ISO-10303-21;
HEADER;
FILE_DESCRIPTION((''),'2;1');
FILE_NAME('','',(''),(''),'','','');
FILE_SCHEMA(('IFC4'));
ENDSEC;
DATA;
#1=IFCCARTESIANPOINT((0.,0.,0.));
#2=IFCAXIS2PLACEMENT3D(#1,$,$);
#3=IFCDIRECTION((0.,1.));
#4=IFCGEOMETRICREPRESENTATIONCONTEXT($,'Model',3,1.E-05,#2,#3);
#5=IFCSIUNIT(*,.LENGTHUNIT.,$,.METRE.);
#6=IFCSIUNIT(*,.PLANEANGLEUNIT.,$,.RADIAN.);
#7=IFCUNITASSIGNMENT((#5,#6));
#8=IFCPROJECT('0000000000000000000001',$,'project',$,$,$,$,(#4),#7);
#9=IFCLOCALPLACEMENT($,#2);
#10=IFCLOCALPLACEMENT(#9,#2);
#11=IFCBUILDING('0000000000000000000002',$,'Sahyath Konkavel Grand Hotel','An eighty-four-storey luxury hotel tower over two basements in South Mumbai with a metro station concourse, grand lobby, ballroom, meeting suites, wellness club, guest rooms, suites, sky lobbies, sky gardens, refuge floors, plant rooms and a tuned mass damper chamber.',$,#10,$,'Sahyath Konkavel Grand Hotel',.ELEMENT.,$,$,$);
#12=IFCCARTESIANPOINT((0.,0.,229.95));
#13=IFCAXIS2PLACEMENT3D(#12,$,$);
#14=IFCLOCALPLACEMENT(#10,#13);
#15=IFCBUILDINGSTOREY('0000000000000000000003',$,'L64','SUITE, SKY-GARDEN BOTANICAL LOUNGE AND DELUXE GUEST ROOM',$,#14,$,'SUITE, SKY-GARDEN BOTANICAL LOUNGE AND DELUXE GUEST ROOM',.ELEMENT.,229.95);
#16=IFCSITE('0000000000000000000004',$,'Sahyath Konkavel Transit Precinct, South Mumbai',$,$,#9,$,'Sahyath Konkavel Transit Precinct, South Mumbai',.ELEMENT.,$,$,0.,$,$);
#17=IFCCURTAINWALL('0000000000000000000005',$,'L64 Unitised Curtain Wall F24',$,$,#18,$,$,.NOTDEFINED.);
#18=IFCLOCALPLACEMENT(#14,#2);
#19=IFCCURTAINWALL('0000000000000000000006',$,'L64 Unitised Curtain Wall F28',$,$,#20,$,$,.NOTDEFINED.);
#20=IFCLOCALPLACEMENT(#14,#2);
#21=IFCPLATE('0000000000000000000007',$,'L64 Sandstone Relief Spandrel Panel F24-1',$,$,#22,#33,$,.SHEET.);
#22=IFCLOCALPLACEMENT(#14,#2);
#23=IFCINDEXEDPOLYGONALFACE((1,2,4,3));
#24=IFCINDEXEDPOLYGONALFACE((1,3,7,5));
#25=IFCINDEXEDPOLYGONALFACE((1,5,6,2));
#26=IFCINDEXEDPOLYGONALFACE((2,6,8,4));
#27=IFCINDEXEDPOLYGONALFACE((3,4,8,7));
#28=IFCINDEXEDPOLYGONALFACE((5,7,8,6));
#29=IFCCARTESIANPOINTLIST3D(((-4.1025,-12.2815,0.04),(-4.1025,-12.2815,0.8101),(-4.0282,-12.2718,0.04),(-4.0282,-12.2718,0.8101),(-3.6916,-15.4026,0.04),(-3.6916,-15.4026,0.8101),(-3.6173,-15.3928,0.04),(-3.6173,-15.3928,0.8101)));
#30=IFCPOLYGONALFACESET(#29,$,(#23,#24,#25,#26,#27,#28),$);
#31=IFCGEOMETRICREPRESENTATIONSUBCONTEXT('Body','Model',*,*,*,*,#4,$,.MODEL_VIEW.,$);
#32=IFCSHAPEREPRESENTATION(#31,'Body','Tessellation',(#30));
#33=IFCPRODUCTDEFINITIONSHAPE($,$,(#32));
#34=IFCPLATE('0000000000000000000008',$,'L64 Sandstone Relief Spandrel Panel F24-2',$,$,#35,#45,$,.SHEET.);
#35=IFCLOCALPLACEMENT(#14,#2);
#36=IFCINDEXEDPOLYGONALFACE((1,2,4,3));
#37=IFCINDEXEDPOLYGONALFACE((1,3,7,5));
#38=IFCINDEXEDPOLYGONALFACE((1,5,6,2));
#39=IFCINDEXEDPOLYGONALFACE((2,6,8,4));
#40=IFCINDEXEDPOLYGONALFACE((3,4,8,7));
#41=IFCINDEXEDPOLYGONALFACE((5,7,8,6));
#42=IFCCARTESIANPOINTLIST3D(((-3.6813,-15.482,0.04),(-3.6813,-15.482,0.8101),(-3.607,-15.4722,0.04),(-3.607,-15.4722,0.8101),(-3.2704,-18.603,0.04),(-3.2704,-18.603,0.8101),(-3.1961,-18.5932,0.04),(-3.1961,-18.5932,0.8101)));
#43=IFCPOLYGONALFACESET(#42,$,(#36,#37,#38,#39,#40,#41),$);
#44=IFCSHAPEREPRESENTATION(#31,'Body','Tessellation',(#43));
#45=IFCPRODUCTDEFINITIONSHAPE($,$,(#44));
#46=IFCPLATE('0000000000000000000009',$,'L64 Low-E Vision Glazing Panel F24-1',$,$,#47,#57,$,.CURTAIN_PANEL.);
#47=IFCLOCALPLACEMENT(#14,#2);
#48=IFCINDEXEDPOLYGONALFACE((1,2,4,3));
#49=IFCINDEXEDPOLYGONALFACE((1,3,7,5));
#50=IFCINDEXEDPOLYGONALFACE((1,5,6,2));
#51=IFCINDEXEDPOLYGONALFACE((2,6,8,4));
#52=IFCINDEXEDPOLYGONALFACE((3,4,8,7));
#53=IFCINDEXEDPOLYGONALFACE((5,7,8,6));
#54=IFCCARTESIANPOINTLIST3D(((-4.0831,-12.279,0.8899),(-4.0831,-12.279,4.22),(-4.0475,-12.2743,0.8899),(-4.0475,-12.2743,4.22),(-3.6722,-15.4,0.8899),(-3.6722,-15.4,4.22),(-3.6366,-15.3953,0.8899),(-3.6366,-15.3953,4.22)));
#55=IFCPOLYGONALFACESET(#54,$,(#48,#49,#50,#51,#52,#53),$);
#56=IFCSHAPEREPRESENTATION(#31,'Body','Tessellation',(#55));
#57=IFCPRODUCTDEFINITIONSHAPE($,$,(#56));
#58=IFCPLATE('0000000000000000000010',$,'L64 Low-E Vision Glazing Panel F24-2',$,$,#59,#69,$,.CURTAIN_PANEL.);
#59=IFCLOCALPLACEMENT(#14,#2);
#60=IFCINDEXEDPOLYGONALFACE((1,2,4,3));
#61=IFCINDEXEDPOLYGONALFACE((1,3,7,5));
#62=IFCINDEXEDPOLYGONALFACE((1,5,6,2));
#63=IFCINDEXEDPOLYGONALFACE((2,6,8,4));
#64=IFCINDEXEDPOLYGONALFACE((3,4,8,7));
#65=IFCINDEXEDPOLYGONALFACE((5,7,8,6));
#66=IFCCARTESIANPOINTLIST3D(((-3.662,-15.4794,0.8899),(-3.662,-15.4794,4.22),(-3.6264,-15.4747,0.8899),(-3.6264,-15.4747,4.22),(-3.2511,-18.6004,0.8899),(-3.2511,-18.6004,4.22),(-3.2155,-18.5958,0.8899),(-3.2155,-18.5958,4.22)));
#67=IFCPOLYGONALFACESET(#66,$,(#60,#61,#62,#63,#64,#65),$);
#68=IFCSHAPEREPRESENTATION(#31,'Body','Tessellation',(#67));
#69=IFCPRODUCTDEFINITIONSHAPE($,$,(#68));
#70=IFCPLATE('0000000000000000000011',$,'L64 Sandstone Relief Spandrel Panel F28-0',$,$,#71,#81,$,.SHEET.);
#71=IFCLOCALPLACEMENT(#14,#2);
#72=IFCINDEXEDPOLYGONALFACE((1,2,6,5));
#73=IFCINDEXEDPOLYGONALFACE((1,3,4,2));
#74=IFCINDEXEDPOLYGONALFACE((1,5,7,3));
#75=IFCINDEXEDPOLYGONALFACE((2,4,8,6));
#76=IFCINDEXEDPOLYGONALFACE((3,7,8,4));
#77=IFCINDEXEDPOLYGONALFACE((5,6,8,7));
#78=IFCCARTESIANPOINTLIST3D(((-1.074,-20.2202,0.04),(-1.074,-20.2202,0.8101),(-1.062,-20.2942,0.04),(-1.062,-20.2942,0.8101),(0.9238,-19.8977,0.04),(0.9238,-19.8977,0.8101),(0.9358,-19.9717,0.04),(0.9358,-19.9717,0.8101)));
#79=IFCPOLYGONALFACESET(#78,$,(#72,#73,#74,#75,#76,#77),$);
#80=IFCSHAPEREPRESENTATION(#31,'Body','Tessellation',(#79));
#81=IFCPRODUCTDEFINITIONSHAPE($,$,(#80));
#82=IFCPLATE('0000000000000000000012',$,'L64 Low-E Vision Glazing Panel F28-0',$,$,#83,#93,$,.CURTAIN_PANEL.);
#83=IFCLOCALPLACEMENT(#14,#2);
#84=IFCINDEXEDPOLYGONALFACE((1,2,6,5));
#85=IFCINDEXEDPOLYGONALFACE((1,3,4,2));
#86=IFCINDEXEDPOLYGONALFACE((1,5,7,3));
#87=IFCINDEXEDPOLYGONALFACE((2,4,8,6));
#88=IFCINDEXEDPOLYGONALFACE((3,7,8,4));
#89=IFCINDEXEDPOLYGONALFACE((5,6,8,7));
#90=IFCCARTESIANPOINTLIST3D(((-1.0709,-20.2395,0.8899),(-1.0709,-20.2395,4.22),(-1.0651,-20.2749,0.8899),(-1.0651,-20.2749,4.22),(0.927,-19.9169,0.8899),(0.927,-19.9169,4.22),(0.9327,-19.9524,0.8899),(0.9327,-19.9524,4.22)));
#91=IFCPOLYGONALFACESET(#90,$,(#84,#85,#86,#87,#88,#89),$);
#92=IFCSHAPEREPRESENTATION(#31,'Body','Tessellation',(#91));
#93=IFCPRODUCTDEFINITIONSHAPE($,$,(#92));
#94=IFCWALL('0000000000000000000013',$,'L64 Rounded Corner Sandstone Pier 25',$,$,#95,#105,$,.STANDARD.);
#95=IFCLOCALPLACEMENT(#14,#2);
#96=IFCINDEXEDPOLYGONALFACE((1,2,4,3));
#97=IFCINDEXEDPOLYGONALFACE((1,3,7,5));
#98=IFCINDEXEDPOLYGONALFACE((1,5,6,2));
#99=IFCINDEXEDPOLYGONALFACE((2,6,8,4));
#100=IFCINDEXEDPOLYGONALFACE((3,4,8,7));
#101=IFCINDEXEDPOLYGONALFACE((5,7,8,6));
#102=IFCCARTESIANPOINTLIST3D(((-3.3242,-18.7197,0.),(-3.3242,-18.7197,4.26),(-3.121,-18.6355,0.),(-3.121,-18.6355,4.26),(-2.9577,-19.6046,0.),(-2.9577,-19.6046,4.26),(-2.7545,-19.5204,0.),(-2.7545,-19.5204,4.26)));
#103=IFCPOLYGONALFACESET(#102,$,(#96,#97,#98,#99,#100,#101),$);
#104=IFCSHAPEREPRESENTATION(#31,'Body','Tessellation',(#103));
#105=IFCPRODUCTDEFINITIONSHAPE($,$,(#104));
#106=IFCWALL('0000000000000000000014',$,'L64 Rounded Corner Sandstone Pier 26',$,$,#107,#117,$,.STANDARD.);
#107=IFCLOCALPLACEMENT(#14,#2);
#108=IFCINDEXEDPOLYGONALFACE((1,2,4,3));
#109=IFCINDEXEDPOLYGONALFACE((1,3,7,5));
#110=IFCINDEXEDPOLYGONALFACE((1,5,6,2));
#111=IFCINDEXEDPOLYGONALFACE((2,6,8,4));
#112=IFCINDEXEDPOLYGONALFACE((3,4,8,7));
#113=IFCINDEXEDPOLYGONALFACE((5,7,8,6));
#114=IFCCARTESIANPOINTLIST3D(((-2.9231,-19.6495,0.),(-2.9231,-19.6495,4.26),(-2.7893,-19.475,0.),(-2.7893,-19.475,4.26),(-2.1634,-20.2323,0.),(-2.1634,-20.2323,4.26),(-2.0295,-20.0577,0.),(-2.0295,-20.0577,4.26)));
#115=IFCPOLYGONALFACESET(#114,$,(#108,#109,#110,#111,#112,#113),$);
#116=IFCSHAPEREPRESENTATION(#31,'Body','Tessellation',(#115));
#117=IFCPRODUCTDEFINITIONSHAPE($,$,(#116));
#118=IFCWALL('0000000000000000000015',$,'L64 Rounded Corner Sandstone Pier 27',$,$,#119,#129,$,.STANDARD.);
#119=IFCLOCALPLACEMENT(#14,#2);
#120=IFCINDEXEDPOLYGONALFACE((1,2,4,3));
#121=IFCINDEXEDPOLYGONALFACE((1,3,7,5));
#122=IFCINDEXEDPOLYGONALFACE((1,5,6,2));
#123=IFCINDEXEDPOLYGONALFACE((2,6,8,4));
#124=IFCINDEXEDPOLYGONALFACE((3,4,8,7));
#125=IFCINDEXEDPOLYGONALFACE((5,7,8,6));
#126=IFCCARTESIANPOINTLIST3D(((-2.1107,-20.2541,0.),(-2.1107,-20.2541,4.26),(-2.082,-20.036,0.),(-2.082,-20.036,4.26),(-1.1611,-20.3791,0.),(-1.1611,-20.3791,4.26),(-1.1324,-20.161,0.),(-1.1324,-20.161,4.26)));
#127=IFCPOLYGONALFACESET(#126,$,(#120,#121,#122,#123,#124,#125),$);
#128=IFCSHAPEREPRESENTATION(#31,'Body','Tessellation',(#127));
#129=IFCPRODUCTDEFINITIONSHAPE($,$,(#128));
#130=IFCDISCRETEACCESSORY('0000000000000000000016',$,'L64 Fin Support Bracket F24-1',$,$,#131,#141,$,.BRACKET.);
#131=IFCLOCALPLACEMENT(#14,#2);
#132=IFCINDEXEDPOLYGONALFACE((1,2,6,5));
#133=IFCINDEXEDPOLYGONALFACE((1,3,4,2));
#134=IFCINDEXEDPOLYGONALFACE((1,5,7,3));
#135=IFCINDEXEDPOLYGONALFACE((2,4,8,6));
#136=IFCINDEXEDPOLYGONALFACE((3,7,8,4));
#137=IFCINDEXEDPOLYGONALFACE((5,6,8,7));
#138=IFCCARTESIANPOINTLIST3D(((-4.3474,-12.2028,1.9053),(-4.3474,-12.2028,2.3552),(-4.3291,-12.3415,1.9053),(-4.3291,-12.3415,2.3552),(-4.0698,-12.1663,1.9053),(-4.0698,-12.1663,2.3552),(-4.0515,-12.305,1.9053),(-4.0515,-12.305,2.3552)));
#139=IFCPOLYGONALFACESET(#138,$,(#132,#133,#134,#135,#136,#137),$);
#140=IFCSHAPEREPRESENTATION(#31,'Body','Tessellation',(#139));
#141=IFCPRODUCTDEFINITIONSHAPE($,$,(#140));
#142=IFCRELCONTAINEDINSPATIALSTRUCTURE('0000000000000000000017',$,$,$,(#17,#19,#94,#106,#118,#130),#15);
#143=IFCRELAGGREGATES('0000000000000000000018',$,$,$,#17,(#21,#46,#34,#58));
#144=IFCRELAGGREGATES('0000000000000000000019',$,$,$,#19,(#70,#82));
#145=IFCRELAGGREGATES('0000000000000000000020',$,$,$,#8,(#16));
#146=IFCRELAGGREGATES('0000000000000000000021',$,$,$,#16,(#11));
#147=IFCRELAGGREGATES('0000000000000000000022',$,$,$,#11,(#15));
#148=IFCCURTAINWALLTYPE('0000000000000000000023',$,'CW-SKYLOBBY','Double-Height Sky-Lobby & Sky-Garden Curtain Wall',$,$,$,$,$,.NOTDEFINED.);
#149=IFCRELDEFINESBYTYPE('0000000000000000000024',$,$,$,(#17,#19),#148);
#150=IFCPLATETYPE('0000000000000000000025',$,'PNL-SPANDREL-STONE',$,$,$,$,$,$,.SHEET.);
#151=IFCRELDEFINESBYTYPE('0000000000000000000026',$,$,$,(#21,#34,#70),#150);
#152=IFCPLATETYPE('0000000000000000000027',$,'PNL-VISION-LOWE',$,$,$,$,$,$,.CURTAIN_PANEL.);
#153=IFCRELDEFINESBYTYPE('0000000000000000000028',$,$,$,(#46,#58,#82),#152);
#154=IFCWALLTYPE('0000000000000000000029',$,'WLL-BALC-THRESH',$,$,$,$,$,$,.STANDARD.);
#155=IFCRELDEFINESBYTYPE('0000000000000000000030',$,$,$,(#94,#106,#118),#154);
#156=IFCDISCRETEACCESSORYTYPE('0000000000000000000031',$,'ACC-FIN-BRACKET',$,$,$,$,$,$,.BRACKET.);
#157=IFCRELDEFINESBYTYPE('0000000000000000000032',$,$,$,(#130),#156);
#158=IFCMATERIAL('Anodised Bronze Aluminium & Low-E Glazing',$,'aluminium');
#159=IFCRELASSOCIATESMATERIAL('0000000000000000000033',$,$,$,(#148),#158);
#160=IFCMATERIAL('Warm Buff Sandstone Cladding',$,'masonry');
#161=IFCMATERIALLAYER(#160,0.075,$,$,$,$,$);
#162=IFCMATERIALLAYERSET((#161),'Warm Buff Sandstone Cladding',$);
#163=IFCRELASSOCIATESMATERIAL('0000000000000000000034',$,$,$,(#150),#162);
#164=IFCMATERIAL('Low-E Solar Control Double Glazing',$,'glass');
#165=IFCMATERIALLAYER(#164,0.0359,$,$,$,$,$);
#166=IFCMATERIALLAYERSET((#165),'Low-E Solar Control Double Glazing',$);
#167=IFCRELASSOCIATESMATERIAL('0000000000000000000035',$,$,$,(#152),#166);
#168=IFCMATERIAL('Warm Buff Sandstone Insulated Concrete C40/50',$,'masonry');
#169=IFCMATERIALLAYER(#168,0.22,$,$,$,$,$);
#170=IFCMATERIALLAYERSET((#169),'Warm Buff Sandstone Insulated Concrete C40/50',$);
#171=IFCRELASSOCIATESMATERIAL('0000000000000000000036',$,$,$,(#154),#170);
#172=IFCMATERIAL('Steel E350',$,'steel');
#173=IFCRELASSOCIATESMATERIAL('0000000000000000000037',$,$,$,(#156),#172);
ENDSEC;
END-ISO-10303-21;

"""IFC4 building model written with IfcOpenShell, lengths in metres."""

from ifc_helpers import new_model, si_unit, direction, frame, frame_2d, origin, origin_2d, place, context, subcontext, project, spatial, rectangle, extrude, source, transform, mapped, material, layer, layer_set, type_object, element, aggregate, save


model = new_model("IFC4")

# Units and contexts
model_context = context("Model", 3, precision=1e-05, world=origin(), true_north=direction((0.0, 1.0)))
body_context = subcontext(model_context, "Body", "Model", "MODEL_VIEW")
ifc_project = project(units=[si_unit("LENGTHUNIT", "METRE"), si_unit("PLANEANGLEUNIT", "RADIAN")], contexts=[model_context])

# Site, building, storey
site_placement = place(None, origin())
site = spatial("IfcSite", under=ifc_project, at=site_placement, Name="Sahyath Konkavel Transit Precinct, South Mumbai", LongName="Sahyath Konkavel Transit Precinct, South Mumbai", CompositionType="ELEMENT", RefElevation=0.0)
building_placement = place(site_placement, origin())
building = spatial("IfcBuilding", under=site, at=building_placement, Name="Sahyath Konkavel Grand Hotel", Description="An eighty-four-storey luxury hotel tower over two basements in South Mumbai with a metro station concourse, grand lobby, ballroom, meeting suites, wellness club, guest rooms, suites, sky lobbies, sky gardens, refuge floors, plant rooms and a tuned mass damper chamber.", LongName="Sahyath Konkavel Grand Hotel", CompositionType="ELEMENT")
storey_placement = place(building_placement, frame((0.0, 0.0, 229.95)))
storey = spatial("IfcBuildingStorey", under=building, at=storey_placement, Name="L64", Description="SUITE, SKY-GARDEN BOTANICAL LOUNGE AND DELUXE GUEST ROOM", LongName="SUITE, SKY-GARDEN BOTANICAL LOUNGE AND DELUXE GUEST ROOM", CompositionType="ELEMENT", Elevation=229.95)

# Shared definitions
ifc_material_1 = material(Name="Steel E350", Category="steel")

# Curtain wall
ifc_material_2 = material(Name="Anodised Bronze Aluminium & Low-E Glazing", Category="aluminium")
curtain_wall_type = type_object("IfcCurtainWallType", Name="CW-SKYLOBBY", Description="Double-Height Sky-Lobby & Sky-Garden Curtain Wall", PredefinedType="NOTDEFINED", material=ifc_material_2)
curtain_wall_1_placement = place(storey_placement, origin())
curtain_wall_1 = element("IfcCurtainWall", 1, at=curtain_wall_1_placement, inside=storey, type_object=curtain_wall_type, Name="L64 Unitised Curtain Wall F24", PredefinedType="NOTDEFINED")

# Curtain wall
curtain_wall_2_placement = place(storey_placement, origin())
curtain_wall_2 = element("IfcCurtainWall", 2, at=curtain_wall_2_placement, inside=storey, type_object=curtain_wall_type, Name="L64 Unitised Curtain Wall F28", PredefinedType="NOTDEFINED")

# Plates
ifc_material_3 = material(Name="Warm Buff Sandstone Cladding", Category="masonry")
ifc_layer_1 = layer(ifc_material_3, 0.075)
ifc_layer_set_1 = layer_set([ifc_layer_1], Name="Warm Buff Sandstone Cladding")
plate_type_1 = type_object("IfcPlateType", Name="PNL-SPANDREL-STONE", PredefinedType="SHEET", material=ifc_layer_set_1)
shared_shape_1 = source(origin(), body_context, "Body", "SweptSolid", [
    extrude(rectangle(XDim=3.1479, YDim=0.075, at=origin_2d()), origin(), (0.0, 0.0, 1.0), 0.77),
])
plate_1_placement = place(storey_placement, frame((-3.8599, -13.8372, 0.04), z_axis=(0.0, 0.0, 1.0), x_axis=(0.130526, -0.991445, 0.0)))
plate_1 = element("IfcPlate", 3, at=plate_1_placement, type_object=plate_type_1, Name="L64 Sandstone Relief Spandrel Panel F24-1", PredefinedType="SHEET", context=body_context, shape_type="MappedRepresentation", body=[
    mapped(shared_shape_1, transform((0.0, 0.0, 0.0), scale=1.0)),
])
plate_2_placement = place(storey_placement, frame((-3.4387, -17.0376, 0.04), z_axis=(0.0, 0.0, 1.0), x_axis=(0.130526, -0.991445, 0.0)))
plate_2 = element("IfcPlate", 4, at=plate_2_placement, type_object=plate_type_1, Name="L64 Sandstone Relief Spandrel Panel F24-2", PredefinedType="SHEET", context=body_context, shape_type="MappedRepresentation", body=[
    mapped(shared_shape_1, transform((0.0, 0.0, 0.0), scale=1.0)),
])
ifc_material_4 = material(Name="Low-E Solar Control Double Glazing", Category="glass")
ifc_layer_2 = layer(ifc_material_4, 0.0359)
ifc_layer_set_2 = layer_set([ifc_layer_2], Name="Low-E Solar Control Double Glazing")
plate_type_2 = type_object("IfcPlateType", Name="PNL-VISION-LOWE", PredefinedType="CURTAIN_PANEL", material=ifc_layer_set_2)
shared_shape_2 = source(origin(), body_context, "Body", "SweptSolid", [
    extrude(rectangle(XDim=3.1479, YDim=0.0359, at=origin_2d()), origin(), (0.0, 0.0, 1.0), 3.3301),
])
plate_3_placement = place(storey_placement, frame((-3.8599, -13.8372, 0.8899), z_axis=(0.0, 0.0, 1.0), x_axis=(0.130526, -0.991445, 0.0)))
plate_3 = element("IfcPlate", 5, at=plate_3_placement, type_object=plate_type_2, Name="L64 Low-E Vision Glazing Panel F24-1", PredefinedType="CURTAIN_PANEL", context=body_context, shape_type="MappedRepresentation", body=[
    mapped(shared_shape_2, transform((0.0, 0.0, 0.0), scale=1.0)),
])
plate_4_placement = place(storey_placement, frame((-3.4387, -17.0376, 0.8899), z_axis=(0.0, 0.0, 1.0), x_axis=(0.130526, -0.991445, 0.0)))
plate_4 = element("IfcPlate", 6, at=plate_4_placement, type_object=plate_type_2, Name="L64 Low-E Vision Glazing Panel F24-2", PredefinedType="CURTAIN_PANEL", context=body_context, shape_type="MappedRepresentation", body=[
    mapped(shared_shape_2, transform((0.0, 0.0, 0.0), scale=1.0)),
])
aggregate(curtain_wall_1, [plate_1, plate_3, plate_2, plate_4])
shared_shape_3 = source(origin(), body_context, "Body", "SweptSolid", [
    extrude(rectangle(XDim=2.0237, YDim=0.075, at=origin_2d()), origin(), (0.0, 0.0, 1.0), 0.77),
])
plate_5_placement = place(storey_placement, frame((-0.0691, -20.0959, 0.04), z_axis=(0.0, 0.0, 1.0), x_axis=(0.987214, 0.159399, 0.0)))
plate_5 = element("IfcPlate", 7, at=plate_5_placement, type_object=plate_type_1, Name="L64 Sandstone Relief Spandrel Panel F28-0", PredefinedType="SHEET", context=body_context, shape_type="MappedRepresentation", body=[
    mapped(shared_shape_3, transform((0.0, 0.0, 0.0), scale=1.0)),
])
shared_shape_4 = source(origin(), body_context, "Body", "SweptSolid", [
    extrude(rectangle(XDim=2.0237, YDim=0.0359, at=origin_2d()), origin(), (0.0, 0.0, 1.0), 3.3301),
])
plate_6_placement = place(storey_placement, frame((-0.0691, -20.0959, 0.8899), z_axis=(0.0, 0.0, 1.0), x_axis=(0.987214, 0.159399, 0.0)))
plate_6 = element("IfcPlate", 8, at=plate_6_placement, type_object=plate_type_2, Name="L64 Low-E Vision Glazing Panel F28-0", PredefinedType="CURTAIN_PANEL", context=body_context, shape_type="MappedRepresentation", body=[
    mapped(shared_shape_4, transform((0.0, 0.0, 0.0), scale=1.0)),
])
aggregate(curtain_wall_2, [plate_5, plate_6])

# Walls
ifc_material_5 = material(Name="Warm Buff Sandstone Insulated Concrete C40/50", Category="masonry")
ifc_layer_3 = layer(ifc_material_5, 0.22)
ifc_layer_set_3 = layer_set([ifc_layer_3], Name="Warm Buff Sandstone Insulated Concrete C40/50")
wall_type = type_object("IfcWallType", Name="WLL-BALC-THRESH", PredefinedType="STANDARD", material=ifc_layer_set_3)
wall_1_placement = place(storey_placement, frame((-3.2227, -18.6775, 0.0), z_axis=(0.0, 0.0, 1.0), x_axis=(0.38266, -0.923889, 0.0)))
element("IfcWall", 9, at=wall_1_placement, inside=storey, type_object=wall_type, Name="L64 Rounded Corner Sandstone Pier 25", PredefinedType="STANDARD", context=body_context, shape_type="SweptSolid", body=[
    extrude(rectangle(XDim=0.9578, YDim=0.22, at=frame_2d((0.479, 0.0))), origin(), (0.0, 0.0, 1.0), 4.26),
])
wall_2_placement = place(storey_placement, frame((-2.8562, -19.5623, 0.0), z_axis=(0.0, 0.0, 1.0), x_axis=(0.793467, -0.608614, 0.0)))
element("IfcWall", 10, at=wall_2_placement, inside=storey, type_object=wall_type, Name="L64 Rounded Corner Sandstone Pier 26", PredefinedType="STANDARD", context=body_context, shape_type="SweptSolid", body=[
    extrude(rectangle(XDim=0.9575, YDim=0.22, at=frame_2d((0.4788, 0.0))), origin(), (0.0, 0.0, 1.0), 4.26),
])
wall_3_placement = place(storey_placement, frame((-2.0964, -20.145, 0.0), z_axis=(0.0, 0.0, 1.0), x_axis=(0.991445, -0.130527, 0.0)))
element("IfcWall", 11, at=wall_3_placement, inside=storey, type_object=wall_type, Name="L64 Rounded Corner Sandstone Pier 27", PredefinedType="STANDARD", context=body_context, shape_type="SweptSolid", body=[
    extrude(rectangle(XDim=0.9578, YDim=0.22, at=frame_2d((0.479, 0.0))), origin(), (0.0, 0.0, 1.0), 4.26),
])

# Discrete accessory
discrete_accessory_type = type_object("IfcDiscreteAccessoryType", Name="ACC-FIN-BRACKET", PredefinedType="BRACKET", material=ifc_material_1)
shared_shape_5 = source(origin(), body_context, "Body", "SweptSolid", [
    extrude(rectangle(XDim=0.28, YDim=0.1399, at=origin_2d()), origin(), (0.0, 0.0, 1.0), 0.45),
])
discrete_accessory_placement = place(storey_placement, frame((-4.1995, -12.2539, 1.9053), z_axis=(0.0, 0.0, 1.0), x_axis=(-0.991445, -0.130526, 0.0)))
element("IfcDiscreteAccessory", 12, at=discrete_accessory_placement, inside=storey, type_object=discrete_accessory_type, Name="L64 Fin Support Bracket F24-1", PredefinedType="BRACKET", context=body_context, shape_type="MappedRepresentation", body=[
    mapped(shared_shape_5, transform((0.0, 0.0, 0.0), scale=1.0)),
])

save(model, "model.ifc")
